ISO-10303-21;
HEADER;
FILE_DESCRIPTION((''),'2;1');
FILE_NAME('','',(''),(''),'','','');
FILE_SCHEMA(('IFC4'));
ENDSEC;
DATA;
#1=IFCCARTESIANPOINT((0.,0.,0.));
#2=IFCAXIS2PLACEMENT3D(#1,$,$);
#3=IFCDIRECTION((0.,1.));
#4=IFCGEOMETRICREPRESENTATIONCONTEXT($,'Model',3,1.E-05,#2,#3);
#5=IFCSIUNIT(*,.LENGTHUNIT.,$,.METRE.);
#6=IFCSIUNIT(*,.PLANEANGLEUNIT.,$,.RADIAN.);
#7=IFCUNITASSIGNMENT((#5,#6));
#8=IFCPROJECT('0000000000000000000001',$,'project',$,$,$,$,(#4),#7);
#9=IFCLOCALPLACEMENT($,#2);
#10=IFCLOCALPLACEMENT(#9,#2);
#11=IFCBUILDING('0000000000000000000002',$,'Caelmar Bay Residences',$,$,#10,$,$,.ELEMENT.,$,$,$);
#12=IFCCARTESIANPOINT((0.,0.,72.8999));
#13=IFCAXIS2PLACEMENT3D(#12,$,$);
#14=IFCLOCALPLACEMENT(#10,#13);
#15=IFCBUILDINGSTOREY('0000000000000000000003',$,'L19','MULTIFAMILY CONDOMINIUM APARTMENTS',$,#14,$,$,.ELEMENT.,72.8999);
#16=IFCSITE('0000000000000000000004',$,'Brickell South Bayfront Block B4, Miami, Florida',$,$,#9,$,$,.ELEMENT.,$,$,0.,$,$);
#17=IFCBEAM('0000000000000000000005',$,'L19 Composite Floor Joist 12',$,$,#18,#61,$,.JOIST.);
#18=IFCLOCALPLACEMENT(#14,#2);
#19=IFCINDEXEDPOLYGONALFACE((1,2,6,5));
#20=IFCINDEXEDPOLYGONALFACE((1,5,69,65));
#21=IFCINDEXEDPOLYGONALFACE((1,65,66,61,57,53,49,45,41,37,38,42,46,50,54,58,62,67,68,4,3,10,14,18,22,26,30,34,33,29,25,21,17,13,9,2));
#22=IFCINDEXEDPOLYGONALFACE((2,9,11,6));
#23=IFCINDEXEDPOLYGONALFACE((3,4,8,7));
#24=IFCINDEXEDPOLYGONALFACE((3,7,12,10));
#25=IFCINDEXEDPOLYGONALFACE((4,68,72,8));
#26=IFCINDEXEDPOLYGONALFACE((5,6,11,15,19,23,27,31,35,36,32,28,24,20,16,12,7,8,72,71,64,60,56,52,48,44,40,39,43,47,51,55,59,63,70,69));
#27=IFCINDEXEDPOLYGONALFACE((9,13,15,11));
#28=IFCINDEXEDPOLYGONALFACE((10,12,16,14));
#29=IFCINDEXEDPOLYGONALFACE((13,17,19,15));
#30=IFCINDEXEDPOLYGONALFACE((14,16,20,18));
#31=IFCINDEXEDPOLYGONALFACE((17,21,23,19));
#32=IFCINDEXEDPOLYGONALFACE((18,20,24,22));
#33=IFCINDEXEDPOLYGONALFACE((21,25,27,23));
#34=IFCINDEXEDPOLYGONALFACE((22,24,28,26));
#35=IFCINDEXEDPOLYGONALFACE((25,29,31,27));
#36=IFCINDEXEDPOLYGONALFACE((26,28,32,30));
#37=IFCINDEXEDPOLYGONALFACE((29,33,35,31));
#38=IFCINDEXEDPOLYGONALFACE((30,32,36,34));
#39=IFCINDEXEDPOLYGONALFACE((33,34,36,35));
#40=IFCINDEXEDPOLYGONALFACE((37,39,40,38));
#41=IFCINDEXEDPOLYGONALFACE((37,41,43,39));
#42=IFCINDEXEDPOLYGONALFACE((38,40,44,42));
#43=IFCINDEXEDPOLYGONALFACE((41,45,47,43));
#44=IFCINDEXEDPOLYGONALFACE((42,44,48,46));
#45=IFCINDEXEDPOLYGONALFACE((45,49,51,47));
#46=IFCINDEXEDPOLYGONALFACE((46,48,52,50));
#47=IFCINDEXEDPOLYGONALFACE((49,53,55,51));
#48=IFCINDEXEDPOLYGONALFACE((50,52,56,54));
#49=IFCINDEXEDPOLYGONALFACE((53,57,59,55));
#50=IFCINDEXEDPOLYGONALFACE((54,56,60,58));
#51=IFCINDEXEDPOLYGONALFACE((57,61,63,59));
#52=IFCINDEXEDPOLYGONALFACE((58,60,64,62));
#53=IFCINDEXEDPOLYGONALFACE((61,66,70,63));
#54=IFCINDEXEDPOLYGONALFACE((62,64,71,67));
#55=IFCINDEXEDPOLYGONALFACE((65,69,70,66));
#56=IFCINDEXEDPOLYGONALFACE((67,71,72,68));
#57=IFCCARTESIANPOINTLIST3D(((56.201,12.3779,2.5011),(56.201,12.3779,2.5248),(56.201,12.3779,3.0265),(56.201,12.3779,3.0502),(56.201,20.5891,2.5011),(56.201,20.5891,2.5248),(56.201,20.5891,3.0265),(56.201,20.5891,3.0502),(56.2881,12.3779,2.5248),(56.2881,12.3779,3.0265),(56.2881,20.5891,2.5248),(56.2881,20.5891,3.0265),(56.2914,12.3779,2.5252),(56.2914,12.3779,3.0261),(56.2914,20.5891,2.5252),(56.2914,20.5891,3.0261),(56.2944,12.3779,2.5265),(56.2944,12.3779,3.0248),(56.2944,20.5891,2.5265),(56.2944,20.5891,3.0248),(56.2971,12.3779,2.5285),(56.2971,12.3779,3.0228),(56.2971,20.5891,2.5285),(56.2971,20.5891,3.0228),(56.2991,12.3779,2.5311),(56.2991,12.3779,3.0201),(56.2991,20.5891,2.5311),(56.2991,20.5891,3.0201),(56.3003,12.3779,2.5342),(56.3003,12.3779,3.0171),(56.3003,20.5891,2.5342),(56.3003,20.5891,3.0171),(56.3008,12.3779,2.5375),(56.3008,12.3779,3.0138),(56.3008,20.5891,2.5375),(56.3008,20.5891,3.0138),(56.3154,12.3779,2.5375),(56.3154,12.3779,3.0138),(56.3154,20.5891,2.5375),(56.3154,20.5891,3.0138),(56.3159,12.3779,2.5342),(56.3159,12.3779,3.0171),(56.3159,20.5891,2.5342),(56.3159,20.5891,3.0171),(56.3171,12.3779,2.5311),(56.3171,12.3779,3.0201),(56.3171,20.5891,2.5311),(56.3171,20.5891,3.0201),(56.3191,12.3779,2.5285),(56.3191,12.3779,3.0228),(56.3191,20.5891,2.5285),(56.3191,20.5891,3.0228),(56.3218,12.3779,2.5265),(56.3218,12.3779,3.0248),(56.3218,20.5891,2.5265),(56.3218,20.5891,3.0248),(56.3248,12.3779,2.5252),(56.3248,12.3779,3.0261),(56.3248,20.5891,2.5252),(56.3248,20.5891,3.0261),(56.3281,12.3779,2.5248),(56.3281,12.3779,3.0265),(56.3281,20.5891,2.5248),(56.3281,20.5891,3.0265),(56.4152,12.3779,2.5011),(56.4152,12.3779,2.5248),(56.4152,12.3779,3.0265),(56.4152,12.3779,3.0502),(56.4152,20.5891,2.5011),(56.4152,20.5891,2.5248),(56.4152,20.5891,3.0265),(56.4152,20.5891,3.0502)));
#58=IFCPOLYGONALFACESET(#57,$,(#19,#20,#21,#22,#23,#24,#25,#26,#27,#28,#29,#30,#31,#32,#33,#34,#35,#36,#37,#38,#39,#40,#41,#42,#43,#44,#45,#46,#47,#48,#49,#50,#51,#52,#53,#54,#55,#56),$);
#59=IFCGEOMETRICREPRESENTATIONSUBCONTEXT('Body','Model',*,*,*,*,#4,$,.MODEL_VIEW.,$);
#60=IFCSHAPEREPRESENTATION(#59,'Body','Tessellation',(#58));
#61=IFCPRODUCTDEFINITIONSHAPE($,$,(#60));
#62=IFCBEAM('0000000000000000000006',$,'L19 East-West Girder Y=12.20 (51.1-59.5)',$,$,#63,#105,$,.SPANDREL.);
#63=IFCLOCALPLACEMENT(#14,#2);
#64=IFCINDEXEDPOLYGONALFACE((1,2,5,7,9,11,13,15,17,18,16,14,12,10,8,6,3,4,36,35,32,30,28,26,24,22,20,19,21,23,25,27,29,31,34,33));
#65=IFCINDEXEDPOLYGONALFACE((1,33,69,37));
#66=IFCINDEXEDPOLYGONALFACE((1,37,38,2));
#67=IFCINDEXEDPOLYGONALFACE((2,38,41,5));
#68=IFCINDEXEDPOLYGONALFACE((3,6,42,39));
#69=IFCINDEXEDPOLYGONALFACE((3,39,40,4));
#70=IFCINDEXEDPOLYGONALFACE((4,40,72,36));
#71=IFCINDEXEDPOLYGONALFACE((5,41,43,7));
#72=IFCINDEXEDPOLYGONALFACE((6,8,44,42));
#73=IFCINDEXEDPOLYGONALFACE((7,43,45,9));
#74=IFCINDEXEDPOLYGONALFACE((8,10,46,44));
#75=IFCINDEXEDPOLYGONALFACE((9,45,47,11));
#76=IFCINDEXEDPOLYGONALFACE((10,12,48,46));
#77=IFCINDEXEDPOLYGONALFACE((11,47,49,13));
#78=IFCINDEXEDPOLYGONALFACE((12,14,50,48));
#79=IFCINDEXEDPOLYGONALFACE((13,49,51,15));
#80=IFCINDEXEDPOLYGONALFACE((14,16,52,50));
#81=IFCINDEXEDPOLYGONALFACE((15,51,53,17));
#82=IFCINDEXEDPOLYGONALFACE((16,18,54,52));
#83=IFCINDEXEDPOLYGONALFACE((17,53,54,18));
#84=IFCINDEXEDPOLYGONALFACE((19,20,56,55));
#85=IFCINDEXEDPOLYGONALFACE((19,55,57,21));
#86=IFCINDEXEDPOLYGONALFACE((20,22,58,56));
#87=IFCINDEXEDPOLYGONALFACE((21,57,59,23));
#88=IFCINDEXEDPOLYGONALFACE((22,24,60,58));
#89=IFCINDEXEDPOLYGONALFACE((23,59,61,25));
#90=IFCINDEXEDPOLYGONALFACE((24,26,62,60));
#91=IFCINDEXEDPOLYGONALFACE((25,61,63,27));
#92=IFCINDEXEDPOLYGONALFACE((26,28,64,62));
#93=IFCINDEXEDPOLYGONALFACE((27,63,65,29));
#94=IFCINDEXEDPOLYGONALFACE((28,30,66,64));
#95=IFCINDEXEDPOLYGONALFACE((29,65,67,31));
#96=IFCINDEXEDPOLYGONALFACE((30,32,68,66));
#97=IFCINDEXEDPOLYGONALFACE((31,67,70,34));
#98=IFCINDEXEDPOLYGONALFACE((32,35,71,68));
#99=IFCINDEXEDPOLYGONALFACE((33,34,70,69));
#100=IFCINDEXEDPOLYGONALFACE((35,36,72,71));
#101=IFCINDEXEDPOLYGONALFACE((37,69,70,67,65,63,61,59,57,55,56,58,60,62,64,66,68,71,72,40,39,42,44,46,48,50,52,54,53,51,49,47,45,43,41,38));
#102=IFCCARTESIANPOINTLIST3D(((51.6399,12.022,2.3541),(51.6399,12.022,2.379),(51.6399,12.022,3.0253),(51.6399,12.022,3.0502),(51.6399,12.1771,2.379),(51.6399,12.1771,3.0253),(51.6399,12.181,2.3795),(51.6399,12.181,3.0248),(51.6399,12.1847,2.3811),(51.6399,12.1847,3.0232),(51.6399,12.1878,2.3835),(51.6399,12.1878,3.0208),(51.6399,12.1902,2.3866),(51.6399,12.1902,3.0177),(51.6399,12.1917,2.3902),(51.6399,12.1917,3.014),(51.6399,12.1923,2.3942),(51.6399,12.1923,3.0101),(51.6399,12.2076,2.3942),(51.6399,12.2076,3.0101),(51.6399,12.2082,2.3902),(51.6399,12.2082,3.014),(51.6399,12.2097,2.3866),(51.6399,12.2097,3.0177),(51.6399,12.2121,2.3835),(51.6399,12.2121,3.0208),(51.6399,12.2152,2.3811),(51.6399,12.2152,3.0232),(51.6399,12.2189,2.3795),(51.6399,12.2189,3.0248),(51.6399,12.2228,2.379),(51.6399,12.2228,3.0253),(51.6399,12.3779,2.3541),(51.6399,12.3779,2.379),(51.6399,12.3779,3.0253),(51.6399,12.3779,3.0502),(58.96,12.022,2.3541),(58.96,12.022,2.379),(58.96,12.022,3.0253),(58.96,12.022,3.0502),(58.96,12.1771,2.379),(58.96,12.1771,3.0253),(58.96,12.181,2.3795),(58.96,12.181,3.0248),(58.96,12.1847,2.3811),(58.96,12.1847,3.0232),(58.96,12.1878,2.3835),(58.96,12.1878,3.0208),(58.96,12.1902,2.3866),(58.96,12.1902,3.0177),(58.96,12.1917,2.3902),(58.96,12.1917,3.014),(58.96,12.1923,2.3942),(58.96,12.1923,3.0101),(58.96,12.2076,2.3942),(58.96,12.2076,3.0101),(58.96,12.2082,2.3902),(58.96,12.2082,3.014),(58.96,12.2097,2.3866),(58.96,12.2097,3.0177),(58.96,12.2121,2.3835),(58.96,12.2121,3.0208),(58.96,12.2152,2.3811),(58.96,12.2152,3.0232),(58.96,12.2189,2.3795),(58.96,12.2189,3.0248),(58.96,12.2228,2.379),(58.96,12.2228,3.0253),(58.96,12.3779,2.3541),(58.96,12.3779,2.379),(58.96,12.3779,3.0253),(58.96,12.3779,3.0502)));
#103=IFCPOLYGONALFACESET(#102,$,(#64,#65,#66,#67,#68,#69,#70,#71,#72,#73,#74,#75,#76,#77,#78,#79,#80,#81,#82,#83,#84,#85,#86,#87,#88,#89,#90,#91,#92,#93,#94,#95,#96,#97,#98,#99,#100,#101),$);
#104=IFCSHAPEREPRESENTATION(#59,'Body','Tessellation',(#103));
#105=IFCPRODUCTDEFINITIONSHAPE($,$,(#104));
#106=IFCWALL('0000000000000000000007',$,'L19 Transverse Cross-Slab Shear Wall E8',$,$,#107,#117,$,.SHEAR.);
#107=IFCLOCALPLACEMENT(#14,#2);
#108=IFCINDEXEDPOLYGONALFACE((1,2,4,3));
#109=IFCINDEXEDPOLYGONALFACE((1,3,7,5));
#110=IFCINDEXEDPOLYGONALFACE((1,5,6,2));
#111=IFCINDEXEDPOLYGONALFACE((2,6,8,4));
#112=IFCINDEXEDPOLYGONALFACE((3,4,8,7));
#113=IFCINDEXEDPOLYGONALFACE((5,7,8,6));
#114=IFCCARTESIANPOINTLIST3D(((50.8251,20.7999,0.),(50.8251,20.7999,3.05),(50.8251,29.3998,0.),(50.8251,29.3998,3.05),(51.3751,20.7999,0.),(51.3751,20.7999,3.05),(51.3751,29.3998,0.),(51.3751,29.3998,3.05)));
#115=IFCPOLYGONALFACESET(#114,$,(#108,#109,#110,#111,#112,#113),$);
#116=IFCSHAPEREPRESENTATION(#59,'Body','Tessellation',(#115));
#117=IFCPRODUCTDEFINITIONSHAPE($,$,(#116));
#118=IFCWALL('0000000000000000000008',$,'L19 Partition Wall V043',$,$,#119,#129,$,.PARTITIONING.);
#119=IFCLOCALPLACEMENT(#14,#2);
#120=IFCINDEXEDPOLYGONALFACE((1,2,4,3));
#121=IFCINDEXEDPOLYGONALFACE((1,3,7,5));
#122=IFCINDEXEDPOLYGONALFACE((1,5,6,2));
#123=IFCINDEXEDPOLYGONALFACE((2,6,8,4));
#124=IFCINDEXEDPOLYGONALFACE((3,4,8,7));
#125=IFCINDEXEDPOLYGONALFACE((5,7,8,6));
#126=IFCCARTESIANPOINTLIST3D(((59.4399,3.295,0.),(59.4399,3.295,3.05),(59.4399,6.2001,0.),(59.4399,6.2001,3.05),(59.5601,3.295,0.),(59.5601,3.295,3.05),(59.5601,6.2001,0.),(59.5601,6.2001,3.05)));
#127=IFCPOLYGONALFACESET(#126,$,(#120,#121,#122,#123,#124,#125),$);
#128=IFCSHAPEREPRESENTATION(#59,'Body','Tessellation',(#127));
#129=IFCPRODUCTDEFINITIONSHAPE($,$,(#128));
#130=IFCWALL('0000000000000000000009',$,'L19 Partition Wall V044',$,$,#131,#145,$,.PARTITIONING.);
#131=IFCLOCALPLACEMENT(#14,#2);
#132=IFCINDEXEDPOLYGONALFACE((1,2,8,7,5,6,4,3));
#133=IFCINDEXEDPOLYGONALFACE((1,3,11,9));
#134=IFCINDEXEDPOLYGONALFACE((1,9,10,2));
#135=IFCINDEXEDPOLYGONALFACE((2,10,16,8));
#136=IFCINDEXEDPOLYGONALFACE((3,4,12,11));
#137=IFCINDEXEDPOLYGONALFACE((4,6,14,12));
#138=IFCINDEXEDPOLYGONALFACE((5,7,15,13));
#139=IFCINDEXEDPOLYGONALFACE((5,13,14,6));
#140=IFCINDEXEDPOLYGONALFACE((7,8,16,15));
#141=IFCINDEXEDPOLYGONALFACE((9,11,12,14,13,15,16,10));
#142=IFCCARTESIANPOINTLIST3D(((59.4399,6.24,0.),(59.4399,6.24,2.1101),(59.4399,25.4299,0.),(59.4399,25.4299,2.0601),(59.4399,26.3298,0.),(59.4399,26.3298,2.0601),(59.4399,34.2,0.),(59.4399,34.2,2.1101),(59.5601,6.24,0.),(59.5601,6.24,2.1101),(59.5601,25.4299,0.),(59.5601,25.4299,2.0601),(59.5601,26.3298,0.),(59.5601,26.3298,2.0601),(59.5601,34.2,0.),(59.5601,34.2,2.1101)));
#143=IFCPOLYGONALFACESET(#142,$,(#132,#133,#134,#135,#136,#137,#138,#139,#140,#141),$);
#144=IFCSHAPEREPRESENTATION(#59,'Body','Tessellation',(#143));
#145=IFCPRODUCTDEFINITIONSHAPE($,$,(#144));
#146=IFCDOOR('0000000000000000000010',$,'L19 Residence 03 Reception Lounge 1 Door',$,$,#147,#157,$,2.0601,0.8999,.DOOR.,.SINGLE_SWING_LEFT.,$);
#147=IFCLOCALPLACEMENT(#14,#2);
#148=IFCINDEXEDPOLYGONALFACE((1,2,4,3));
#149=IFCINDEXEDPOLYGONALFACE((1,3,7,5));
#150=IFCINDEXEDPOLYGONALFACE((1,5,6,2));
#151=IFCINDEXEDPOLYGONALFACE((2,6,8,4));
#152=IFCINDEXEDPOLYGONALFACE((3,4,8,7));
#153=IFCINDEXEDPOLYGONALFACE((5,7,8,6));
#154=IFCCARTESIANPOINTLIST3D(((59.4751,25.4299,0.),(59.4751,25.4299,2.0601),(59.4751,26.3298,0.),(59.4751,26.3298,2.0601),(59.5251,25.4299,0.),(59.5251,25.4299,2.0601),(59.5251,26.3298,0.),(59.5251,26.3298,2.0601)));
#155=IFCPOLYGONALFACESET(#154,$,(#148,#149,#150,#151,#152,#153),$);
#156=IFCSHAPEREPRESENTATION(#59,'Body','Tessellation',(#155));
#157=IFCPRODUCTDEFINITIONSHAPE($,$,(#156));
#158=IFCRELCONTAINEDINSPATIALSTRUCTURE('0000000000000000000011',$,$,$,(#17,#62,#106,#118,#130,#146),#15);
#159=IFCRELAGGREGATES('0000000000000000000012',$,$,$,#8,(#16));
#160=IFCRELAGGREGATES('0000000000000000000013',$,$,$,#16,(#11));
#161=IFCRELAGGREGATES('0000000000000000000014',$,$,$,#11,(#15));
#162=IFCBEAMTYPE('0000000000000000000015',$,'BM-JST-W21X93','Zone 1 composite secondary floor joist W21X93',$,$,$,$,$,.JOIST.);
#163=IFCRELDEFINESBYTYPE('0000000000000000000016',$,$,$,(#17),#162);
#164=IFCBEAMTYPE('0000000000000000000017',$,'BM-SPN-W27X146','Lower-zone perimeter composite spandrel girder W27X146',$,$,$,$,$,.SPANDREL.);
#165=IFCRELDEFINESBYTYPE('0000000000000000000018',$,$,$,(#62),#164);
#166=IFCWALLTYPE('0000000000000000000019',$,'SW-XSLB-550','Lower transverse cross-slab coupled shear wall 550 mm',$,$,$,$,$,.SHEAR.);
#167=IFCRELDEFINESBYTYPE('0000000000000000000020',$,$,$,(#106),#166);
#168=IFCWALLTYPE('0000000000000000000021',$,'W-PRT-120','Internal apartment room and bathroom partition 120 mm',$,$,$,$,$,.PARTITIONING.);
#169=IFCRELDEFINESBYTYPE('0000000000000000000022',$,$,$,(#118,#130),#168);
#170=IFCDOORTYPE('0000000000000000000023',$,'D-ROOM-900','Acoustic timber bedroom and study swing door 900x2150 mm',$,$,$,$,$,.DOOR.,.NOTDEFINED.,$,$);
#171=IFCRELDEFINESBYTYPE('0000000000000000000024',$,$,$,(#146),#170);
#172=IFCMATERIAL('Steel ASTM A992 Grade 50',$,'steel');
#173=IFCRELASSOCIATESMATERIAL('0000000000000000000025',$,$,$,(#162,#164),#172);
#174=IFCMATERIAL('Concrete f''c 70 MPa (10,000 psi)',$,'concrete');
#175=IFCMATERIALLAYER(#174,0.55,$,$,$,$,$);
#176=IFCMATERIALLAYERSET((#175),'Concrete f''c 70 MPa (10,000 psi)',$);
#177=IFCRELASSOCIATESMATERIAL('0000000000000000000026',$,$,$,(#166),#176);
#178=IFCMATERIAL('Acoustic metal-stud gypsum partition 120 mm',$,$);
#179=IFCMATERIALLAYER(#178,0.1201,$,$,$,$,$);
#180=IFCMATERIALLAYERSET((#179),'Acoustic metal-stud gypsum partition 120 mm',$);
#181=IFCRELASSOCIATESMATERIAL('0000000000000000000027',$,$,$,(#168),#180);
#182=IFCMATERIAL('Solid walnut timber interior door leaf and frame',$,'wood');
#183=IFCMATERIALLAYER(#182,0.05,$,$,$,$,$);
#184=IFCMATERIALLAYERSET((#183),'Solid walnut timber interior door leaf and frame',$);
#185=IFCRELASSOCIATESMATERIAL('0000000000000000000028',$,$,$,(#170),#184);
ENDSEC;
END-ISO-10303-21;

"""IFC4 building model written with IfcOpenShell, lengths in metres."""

from ifc_helpers import new_model, si_unit, direction, frame, frame_2d, origin, origin_2d, place, context, subcontext, project, spatial, rectangle, i_section, extrude, material, layer, layer_set, material_profile, profile_set, type_object, element, fill, save


model = new_model("IFC4")

# Units and contexts
model_context = context("Model", 3, precision=1e-05, world=origin(), true_north=direction((0.0, 1.0)))
body_context = subcontext(model_context, "Body", "Model", "MODEL_VIEW")
ifc_project = project(units=[si_unit("LENGTHUNIT", "METRE"), si_unit("PLANEANGLEUNIT", "RADIAN")], contexts=[model_context])

# Site, building, storey
site_placement = place(None, origin())
site = spatial("IfcSite", under=ifc_project, at=site_placement, Name="Brickell South Bayfront Block B4, Miami, Florida", CompositionType="ELEMENT", RefElevation=0.0)
building_placement = place(site_placement, origin())
building = spatial("IfcBuilding", under=site, at=building_placement, Name="Caelmar Bay Residences", CompositionType="ELEMENT")
storey_placement = place(building_placement, frame((0.0, 0.0, 72.8999)))
storey = spatial("IfcBuildingStorey", under=building, at=storey_placement, Name="L19", Description="MULTIFAMILY CONDOMINIUM APARTMENTS", CompositionType="ELEMENT", Elevation=72.8999)

# Shared definitions
ifc_material_1 = material(Name="Concrete f'c 70 MPa (10,000 psi)", Category="concrete")

# Beams
ifc_material_2 = material(Name="Steel ASTM A992 Grade 50", Category="steel")
ifc_material_profile_1 = material_profile(ifc_material_2, i_section(OverallWidth=0.2141, OverallDepth=0.5491, WebThickness=0.0146, FlangeThickness=0.0237, FilletRadius=0.0127, at=origin_2d()), Name="W21X93")
ifc_profile_set_1 = profile_set([ifc_material_profile_1], Name="Steel ASTM A992 Grade 50")
beam_type_1 = type_object("IfcBeamType", Name="BM-JST-W21X93", Description="Zone 1 composite secondary floor joist W21X93", PredefinedType="JOIST", material=ifc_profile_set_1)
beam_1_placement = place(storey_placement, frame((56.3081, 12.3779, 2.7756), z_axis=(0.0, 1.0, 0.0), x_axis=(-1.0, 0.0, 0.0)))
element("IfcBeam", 1, at=beam_1_placement, inside=storey, type_object=beam_type_1, Name="L19 Composite Floor Joist 12", PredefinedType="JOIST", context=body_context, shape_type="SweptSolid", body=[
    extrude(i_section(OverallWidth=0.2141, OverallDepth=0.5491, WebThickness=0.0146, FlangeThickness=0.0237, FilletRadius=0.0127, at=origin_2d()), origin(), (0.0, 0.0, 1.0), 8.2112),
])
ifc_material_profile_2 = material_profile(ifc_material_2, i_section(OverallWidth=0.356, OverallDepth=0.696, WebThickness=0.0154, FlangeThickness=0.0249, FilletRadius=0.0151, at=origin_2d()), Name="W27X146")
ifc_profile_set_2 = profile_set([ifc_material_profile_2], Name="Steel ASTM A992 Grade 50")
beam_type_2 = type_object("IfcBeamType", Name="BM-SPN-W27X146", Description="Lower-zone perimeter composite spandrel girder W27X146", PredefinedType="SPANDREL", material=ifc_profile_set_2)
beam_2_placement = place(storey_placement, frame((51.6399, 12.2, 2.7021), z_axis=(1.0, 0.0, 0.0), x_axis=(0.0, 1.0, 0.0)))
element("IfcBeam", 2, at=beam_2_placement, inside=storey, type_object=beam_type_2, Name="L19 East-West Girder Y=12.20 (51.1-59.5)", PredefinedType="SPANDREL", context=body_context, shape_type="SweptSolid", body=[
    extrude(i_section(OverallWidth=0.356, OverallDepth=0.696, WebThickness=0.0154, FlangeThickness=0.0249, FilletRadius=0.0151, at=origin_2d()), origin(), (0.0, 0.0, 1.0), 7.3201),
])

# Walls
ifc_layer_1 = layer(ifc_material_1, 0.55)
ifc_layer_set_1 = layer_set([ifc_layer_1], Name="Concrete f'c 70 MPa (10,000 psi)")
wall_type_1 = type_object("IfcWallType", Name="SW-XSLB-550", Description="Lower transverse cross-slab coupled shear wall 550 mm", PredefinedType="SHEAR", material=ifc_layer_set_1)
wall_1_placement = place(storey_placement, frame((51.1001, 20.8, 0.0), z_axis=(0.0, 0.0, 1.0), x_axis=(0.0, 1.0, 0.0)))
element("IfcWall", 3, at=wall_1_placement, inside=storey, type_object=wall_type_1, Name="L19 Transverse Cross-Slab Shear Wall E8", PredefinedType="SHEAR", context=body_context, shape_type="SweptSolid", body=[
    extrude(rectangle(XDim=8.5999, YDim=0.55, at=frame_2d((4.2998, 0.0))), origin(), (0.0, 0.0, 1.0), 3.05),
])
ifc_material_3 = material(Name="Acoustic metal-stud gypsum partition 120 mm")
ifc_layer_2 = layer(ifc_material_3, 0.1201)
ifc_layer_set_2 = layer_set([ifc_layer_2], Name="Acoustic metal-stud gypsum partition 120 mm")
wall_type_2 = type_object("IfcWallType", Name="W-PRT-120", Description="Internal apartment room and bathroom partition 120 mm", PredefinedType="PARTITIONING", material=ifc_layer_set_2)
wall_2_placement = place(storey_placement, frame((59.5, 3.2949, 0.0), z_axis=(0.0, 0.0, 1.0), x_axis=(0.0, 1.0, 0.0)))
element("IfcWall", 4, at=wall_2_placement, inside=storey, type_object=wall_type_2, Name="L19 Partition Wall V043", PredefinedType="PARTITIONING", context=body_context, shape_type="SweptSolid", body=[
    extrude(rectangle(XDim=2.905, YDim=0.1201, at=frame_2d((1.4526, 0.0))), origin(), (0.0, 0.0, 1.0), 3.05),
])

# Wall, opening, door
wall_3_placement = place(storey_placement, frame((59.5, 6.24, 0.0), z_axis=(0.0, 0.0, 1.0), x_axis=(0.0, 1.0, 0.0)))
wall_3 = element("IfcWall", 5, at=wall_3_placement, inside=storey, type_object=wall_type_2, Name="L19 Partition Wall V044", PredefinedType="PARTITIONING", context=body_context, shape_type="SweptSolid", body=[
    extrude(rectangle(XDim=27.96, YDim=0.1201, at=frame_2d((13.98, 0.0))), origin(), (0.0, 0.0, 1.0), 2.1101),
])
opening_1_placement = place(wall_3_placement, frame((19.1899, 0.0, 0.0)))
opening_1 = element("IfcOpeningElement", 6, at=opening_1_placement, cuts=wall_3, PredefinedType="OPENING", context=body_context, shape_type="SweptSolid", body=[
    extrude(rectangle(XDim=0.8999, YDim=2.0601, at=frame_2d((0.45, 1.03))), frame((0.0, 0.0701, 0.0), z_axis=(0.0, -1.0, 0.0), x_axis=(1.0, 0.0, 0.0)), (0.0, 0.0, 1.0), 0.1401),
])
ifc_material_4 = material(Name="Solid walnut timber interior door leaf and frame", Category="wood")
ifc_layer_3 = layer(ifc_material_4, 0.05)
ifc_layer_set_3 = layer_set([ifc_layer_3], Name="Solid walnut timber interior door leaf and frame")
door_type = type_object("IfcDoorType", Name="D-ROOM-900", Description="Acoustic timber bedroom and study swing door 900x2150 mm", OperationType="NOTDEFINED", PredefinedType="DOOR", material=ifc_layer_set_3)
door_1_placement = place(opening_1_placement, origin())
door_1 = element("IfcDoor", 7, at=door_1_placement, inside=storey, type_object=door_type, Name="L19 Residence 03 Reception Lounge 1 Door", OperationType="SINGLE_SWING_LEFT", OverallHeight=2.0601, OverallWidth=0.8999, PredefinedType="DOOR", context=body_context, shape_type="SweptSolid", body=[
    extrude(rectangle(XDim=0.8999, YDim=2.0601, at=frame_2d((0.45, 1.03))), frame((0.0, 0.0249, 0.0), z_axis=(0.0, -1.0, 0.0), x_axis=(1.0, 0.0, 0.0)), (0.0, 0.0, 1.0), 0.05),
])
fill(opening_1, door_1)

save(model, "model.ifc")
